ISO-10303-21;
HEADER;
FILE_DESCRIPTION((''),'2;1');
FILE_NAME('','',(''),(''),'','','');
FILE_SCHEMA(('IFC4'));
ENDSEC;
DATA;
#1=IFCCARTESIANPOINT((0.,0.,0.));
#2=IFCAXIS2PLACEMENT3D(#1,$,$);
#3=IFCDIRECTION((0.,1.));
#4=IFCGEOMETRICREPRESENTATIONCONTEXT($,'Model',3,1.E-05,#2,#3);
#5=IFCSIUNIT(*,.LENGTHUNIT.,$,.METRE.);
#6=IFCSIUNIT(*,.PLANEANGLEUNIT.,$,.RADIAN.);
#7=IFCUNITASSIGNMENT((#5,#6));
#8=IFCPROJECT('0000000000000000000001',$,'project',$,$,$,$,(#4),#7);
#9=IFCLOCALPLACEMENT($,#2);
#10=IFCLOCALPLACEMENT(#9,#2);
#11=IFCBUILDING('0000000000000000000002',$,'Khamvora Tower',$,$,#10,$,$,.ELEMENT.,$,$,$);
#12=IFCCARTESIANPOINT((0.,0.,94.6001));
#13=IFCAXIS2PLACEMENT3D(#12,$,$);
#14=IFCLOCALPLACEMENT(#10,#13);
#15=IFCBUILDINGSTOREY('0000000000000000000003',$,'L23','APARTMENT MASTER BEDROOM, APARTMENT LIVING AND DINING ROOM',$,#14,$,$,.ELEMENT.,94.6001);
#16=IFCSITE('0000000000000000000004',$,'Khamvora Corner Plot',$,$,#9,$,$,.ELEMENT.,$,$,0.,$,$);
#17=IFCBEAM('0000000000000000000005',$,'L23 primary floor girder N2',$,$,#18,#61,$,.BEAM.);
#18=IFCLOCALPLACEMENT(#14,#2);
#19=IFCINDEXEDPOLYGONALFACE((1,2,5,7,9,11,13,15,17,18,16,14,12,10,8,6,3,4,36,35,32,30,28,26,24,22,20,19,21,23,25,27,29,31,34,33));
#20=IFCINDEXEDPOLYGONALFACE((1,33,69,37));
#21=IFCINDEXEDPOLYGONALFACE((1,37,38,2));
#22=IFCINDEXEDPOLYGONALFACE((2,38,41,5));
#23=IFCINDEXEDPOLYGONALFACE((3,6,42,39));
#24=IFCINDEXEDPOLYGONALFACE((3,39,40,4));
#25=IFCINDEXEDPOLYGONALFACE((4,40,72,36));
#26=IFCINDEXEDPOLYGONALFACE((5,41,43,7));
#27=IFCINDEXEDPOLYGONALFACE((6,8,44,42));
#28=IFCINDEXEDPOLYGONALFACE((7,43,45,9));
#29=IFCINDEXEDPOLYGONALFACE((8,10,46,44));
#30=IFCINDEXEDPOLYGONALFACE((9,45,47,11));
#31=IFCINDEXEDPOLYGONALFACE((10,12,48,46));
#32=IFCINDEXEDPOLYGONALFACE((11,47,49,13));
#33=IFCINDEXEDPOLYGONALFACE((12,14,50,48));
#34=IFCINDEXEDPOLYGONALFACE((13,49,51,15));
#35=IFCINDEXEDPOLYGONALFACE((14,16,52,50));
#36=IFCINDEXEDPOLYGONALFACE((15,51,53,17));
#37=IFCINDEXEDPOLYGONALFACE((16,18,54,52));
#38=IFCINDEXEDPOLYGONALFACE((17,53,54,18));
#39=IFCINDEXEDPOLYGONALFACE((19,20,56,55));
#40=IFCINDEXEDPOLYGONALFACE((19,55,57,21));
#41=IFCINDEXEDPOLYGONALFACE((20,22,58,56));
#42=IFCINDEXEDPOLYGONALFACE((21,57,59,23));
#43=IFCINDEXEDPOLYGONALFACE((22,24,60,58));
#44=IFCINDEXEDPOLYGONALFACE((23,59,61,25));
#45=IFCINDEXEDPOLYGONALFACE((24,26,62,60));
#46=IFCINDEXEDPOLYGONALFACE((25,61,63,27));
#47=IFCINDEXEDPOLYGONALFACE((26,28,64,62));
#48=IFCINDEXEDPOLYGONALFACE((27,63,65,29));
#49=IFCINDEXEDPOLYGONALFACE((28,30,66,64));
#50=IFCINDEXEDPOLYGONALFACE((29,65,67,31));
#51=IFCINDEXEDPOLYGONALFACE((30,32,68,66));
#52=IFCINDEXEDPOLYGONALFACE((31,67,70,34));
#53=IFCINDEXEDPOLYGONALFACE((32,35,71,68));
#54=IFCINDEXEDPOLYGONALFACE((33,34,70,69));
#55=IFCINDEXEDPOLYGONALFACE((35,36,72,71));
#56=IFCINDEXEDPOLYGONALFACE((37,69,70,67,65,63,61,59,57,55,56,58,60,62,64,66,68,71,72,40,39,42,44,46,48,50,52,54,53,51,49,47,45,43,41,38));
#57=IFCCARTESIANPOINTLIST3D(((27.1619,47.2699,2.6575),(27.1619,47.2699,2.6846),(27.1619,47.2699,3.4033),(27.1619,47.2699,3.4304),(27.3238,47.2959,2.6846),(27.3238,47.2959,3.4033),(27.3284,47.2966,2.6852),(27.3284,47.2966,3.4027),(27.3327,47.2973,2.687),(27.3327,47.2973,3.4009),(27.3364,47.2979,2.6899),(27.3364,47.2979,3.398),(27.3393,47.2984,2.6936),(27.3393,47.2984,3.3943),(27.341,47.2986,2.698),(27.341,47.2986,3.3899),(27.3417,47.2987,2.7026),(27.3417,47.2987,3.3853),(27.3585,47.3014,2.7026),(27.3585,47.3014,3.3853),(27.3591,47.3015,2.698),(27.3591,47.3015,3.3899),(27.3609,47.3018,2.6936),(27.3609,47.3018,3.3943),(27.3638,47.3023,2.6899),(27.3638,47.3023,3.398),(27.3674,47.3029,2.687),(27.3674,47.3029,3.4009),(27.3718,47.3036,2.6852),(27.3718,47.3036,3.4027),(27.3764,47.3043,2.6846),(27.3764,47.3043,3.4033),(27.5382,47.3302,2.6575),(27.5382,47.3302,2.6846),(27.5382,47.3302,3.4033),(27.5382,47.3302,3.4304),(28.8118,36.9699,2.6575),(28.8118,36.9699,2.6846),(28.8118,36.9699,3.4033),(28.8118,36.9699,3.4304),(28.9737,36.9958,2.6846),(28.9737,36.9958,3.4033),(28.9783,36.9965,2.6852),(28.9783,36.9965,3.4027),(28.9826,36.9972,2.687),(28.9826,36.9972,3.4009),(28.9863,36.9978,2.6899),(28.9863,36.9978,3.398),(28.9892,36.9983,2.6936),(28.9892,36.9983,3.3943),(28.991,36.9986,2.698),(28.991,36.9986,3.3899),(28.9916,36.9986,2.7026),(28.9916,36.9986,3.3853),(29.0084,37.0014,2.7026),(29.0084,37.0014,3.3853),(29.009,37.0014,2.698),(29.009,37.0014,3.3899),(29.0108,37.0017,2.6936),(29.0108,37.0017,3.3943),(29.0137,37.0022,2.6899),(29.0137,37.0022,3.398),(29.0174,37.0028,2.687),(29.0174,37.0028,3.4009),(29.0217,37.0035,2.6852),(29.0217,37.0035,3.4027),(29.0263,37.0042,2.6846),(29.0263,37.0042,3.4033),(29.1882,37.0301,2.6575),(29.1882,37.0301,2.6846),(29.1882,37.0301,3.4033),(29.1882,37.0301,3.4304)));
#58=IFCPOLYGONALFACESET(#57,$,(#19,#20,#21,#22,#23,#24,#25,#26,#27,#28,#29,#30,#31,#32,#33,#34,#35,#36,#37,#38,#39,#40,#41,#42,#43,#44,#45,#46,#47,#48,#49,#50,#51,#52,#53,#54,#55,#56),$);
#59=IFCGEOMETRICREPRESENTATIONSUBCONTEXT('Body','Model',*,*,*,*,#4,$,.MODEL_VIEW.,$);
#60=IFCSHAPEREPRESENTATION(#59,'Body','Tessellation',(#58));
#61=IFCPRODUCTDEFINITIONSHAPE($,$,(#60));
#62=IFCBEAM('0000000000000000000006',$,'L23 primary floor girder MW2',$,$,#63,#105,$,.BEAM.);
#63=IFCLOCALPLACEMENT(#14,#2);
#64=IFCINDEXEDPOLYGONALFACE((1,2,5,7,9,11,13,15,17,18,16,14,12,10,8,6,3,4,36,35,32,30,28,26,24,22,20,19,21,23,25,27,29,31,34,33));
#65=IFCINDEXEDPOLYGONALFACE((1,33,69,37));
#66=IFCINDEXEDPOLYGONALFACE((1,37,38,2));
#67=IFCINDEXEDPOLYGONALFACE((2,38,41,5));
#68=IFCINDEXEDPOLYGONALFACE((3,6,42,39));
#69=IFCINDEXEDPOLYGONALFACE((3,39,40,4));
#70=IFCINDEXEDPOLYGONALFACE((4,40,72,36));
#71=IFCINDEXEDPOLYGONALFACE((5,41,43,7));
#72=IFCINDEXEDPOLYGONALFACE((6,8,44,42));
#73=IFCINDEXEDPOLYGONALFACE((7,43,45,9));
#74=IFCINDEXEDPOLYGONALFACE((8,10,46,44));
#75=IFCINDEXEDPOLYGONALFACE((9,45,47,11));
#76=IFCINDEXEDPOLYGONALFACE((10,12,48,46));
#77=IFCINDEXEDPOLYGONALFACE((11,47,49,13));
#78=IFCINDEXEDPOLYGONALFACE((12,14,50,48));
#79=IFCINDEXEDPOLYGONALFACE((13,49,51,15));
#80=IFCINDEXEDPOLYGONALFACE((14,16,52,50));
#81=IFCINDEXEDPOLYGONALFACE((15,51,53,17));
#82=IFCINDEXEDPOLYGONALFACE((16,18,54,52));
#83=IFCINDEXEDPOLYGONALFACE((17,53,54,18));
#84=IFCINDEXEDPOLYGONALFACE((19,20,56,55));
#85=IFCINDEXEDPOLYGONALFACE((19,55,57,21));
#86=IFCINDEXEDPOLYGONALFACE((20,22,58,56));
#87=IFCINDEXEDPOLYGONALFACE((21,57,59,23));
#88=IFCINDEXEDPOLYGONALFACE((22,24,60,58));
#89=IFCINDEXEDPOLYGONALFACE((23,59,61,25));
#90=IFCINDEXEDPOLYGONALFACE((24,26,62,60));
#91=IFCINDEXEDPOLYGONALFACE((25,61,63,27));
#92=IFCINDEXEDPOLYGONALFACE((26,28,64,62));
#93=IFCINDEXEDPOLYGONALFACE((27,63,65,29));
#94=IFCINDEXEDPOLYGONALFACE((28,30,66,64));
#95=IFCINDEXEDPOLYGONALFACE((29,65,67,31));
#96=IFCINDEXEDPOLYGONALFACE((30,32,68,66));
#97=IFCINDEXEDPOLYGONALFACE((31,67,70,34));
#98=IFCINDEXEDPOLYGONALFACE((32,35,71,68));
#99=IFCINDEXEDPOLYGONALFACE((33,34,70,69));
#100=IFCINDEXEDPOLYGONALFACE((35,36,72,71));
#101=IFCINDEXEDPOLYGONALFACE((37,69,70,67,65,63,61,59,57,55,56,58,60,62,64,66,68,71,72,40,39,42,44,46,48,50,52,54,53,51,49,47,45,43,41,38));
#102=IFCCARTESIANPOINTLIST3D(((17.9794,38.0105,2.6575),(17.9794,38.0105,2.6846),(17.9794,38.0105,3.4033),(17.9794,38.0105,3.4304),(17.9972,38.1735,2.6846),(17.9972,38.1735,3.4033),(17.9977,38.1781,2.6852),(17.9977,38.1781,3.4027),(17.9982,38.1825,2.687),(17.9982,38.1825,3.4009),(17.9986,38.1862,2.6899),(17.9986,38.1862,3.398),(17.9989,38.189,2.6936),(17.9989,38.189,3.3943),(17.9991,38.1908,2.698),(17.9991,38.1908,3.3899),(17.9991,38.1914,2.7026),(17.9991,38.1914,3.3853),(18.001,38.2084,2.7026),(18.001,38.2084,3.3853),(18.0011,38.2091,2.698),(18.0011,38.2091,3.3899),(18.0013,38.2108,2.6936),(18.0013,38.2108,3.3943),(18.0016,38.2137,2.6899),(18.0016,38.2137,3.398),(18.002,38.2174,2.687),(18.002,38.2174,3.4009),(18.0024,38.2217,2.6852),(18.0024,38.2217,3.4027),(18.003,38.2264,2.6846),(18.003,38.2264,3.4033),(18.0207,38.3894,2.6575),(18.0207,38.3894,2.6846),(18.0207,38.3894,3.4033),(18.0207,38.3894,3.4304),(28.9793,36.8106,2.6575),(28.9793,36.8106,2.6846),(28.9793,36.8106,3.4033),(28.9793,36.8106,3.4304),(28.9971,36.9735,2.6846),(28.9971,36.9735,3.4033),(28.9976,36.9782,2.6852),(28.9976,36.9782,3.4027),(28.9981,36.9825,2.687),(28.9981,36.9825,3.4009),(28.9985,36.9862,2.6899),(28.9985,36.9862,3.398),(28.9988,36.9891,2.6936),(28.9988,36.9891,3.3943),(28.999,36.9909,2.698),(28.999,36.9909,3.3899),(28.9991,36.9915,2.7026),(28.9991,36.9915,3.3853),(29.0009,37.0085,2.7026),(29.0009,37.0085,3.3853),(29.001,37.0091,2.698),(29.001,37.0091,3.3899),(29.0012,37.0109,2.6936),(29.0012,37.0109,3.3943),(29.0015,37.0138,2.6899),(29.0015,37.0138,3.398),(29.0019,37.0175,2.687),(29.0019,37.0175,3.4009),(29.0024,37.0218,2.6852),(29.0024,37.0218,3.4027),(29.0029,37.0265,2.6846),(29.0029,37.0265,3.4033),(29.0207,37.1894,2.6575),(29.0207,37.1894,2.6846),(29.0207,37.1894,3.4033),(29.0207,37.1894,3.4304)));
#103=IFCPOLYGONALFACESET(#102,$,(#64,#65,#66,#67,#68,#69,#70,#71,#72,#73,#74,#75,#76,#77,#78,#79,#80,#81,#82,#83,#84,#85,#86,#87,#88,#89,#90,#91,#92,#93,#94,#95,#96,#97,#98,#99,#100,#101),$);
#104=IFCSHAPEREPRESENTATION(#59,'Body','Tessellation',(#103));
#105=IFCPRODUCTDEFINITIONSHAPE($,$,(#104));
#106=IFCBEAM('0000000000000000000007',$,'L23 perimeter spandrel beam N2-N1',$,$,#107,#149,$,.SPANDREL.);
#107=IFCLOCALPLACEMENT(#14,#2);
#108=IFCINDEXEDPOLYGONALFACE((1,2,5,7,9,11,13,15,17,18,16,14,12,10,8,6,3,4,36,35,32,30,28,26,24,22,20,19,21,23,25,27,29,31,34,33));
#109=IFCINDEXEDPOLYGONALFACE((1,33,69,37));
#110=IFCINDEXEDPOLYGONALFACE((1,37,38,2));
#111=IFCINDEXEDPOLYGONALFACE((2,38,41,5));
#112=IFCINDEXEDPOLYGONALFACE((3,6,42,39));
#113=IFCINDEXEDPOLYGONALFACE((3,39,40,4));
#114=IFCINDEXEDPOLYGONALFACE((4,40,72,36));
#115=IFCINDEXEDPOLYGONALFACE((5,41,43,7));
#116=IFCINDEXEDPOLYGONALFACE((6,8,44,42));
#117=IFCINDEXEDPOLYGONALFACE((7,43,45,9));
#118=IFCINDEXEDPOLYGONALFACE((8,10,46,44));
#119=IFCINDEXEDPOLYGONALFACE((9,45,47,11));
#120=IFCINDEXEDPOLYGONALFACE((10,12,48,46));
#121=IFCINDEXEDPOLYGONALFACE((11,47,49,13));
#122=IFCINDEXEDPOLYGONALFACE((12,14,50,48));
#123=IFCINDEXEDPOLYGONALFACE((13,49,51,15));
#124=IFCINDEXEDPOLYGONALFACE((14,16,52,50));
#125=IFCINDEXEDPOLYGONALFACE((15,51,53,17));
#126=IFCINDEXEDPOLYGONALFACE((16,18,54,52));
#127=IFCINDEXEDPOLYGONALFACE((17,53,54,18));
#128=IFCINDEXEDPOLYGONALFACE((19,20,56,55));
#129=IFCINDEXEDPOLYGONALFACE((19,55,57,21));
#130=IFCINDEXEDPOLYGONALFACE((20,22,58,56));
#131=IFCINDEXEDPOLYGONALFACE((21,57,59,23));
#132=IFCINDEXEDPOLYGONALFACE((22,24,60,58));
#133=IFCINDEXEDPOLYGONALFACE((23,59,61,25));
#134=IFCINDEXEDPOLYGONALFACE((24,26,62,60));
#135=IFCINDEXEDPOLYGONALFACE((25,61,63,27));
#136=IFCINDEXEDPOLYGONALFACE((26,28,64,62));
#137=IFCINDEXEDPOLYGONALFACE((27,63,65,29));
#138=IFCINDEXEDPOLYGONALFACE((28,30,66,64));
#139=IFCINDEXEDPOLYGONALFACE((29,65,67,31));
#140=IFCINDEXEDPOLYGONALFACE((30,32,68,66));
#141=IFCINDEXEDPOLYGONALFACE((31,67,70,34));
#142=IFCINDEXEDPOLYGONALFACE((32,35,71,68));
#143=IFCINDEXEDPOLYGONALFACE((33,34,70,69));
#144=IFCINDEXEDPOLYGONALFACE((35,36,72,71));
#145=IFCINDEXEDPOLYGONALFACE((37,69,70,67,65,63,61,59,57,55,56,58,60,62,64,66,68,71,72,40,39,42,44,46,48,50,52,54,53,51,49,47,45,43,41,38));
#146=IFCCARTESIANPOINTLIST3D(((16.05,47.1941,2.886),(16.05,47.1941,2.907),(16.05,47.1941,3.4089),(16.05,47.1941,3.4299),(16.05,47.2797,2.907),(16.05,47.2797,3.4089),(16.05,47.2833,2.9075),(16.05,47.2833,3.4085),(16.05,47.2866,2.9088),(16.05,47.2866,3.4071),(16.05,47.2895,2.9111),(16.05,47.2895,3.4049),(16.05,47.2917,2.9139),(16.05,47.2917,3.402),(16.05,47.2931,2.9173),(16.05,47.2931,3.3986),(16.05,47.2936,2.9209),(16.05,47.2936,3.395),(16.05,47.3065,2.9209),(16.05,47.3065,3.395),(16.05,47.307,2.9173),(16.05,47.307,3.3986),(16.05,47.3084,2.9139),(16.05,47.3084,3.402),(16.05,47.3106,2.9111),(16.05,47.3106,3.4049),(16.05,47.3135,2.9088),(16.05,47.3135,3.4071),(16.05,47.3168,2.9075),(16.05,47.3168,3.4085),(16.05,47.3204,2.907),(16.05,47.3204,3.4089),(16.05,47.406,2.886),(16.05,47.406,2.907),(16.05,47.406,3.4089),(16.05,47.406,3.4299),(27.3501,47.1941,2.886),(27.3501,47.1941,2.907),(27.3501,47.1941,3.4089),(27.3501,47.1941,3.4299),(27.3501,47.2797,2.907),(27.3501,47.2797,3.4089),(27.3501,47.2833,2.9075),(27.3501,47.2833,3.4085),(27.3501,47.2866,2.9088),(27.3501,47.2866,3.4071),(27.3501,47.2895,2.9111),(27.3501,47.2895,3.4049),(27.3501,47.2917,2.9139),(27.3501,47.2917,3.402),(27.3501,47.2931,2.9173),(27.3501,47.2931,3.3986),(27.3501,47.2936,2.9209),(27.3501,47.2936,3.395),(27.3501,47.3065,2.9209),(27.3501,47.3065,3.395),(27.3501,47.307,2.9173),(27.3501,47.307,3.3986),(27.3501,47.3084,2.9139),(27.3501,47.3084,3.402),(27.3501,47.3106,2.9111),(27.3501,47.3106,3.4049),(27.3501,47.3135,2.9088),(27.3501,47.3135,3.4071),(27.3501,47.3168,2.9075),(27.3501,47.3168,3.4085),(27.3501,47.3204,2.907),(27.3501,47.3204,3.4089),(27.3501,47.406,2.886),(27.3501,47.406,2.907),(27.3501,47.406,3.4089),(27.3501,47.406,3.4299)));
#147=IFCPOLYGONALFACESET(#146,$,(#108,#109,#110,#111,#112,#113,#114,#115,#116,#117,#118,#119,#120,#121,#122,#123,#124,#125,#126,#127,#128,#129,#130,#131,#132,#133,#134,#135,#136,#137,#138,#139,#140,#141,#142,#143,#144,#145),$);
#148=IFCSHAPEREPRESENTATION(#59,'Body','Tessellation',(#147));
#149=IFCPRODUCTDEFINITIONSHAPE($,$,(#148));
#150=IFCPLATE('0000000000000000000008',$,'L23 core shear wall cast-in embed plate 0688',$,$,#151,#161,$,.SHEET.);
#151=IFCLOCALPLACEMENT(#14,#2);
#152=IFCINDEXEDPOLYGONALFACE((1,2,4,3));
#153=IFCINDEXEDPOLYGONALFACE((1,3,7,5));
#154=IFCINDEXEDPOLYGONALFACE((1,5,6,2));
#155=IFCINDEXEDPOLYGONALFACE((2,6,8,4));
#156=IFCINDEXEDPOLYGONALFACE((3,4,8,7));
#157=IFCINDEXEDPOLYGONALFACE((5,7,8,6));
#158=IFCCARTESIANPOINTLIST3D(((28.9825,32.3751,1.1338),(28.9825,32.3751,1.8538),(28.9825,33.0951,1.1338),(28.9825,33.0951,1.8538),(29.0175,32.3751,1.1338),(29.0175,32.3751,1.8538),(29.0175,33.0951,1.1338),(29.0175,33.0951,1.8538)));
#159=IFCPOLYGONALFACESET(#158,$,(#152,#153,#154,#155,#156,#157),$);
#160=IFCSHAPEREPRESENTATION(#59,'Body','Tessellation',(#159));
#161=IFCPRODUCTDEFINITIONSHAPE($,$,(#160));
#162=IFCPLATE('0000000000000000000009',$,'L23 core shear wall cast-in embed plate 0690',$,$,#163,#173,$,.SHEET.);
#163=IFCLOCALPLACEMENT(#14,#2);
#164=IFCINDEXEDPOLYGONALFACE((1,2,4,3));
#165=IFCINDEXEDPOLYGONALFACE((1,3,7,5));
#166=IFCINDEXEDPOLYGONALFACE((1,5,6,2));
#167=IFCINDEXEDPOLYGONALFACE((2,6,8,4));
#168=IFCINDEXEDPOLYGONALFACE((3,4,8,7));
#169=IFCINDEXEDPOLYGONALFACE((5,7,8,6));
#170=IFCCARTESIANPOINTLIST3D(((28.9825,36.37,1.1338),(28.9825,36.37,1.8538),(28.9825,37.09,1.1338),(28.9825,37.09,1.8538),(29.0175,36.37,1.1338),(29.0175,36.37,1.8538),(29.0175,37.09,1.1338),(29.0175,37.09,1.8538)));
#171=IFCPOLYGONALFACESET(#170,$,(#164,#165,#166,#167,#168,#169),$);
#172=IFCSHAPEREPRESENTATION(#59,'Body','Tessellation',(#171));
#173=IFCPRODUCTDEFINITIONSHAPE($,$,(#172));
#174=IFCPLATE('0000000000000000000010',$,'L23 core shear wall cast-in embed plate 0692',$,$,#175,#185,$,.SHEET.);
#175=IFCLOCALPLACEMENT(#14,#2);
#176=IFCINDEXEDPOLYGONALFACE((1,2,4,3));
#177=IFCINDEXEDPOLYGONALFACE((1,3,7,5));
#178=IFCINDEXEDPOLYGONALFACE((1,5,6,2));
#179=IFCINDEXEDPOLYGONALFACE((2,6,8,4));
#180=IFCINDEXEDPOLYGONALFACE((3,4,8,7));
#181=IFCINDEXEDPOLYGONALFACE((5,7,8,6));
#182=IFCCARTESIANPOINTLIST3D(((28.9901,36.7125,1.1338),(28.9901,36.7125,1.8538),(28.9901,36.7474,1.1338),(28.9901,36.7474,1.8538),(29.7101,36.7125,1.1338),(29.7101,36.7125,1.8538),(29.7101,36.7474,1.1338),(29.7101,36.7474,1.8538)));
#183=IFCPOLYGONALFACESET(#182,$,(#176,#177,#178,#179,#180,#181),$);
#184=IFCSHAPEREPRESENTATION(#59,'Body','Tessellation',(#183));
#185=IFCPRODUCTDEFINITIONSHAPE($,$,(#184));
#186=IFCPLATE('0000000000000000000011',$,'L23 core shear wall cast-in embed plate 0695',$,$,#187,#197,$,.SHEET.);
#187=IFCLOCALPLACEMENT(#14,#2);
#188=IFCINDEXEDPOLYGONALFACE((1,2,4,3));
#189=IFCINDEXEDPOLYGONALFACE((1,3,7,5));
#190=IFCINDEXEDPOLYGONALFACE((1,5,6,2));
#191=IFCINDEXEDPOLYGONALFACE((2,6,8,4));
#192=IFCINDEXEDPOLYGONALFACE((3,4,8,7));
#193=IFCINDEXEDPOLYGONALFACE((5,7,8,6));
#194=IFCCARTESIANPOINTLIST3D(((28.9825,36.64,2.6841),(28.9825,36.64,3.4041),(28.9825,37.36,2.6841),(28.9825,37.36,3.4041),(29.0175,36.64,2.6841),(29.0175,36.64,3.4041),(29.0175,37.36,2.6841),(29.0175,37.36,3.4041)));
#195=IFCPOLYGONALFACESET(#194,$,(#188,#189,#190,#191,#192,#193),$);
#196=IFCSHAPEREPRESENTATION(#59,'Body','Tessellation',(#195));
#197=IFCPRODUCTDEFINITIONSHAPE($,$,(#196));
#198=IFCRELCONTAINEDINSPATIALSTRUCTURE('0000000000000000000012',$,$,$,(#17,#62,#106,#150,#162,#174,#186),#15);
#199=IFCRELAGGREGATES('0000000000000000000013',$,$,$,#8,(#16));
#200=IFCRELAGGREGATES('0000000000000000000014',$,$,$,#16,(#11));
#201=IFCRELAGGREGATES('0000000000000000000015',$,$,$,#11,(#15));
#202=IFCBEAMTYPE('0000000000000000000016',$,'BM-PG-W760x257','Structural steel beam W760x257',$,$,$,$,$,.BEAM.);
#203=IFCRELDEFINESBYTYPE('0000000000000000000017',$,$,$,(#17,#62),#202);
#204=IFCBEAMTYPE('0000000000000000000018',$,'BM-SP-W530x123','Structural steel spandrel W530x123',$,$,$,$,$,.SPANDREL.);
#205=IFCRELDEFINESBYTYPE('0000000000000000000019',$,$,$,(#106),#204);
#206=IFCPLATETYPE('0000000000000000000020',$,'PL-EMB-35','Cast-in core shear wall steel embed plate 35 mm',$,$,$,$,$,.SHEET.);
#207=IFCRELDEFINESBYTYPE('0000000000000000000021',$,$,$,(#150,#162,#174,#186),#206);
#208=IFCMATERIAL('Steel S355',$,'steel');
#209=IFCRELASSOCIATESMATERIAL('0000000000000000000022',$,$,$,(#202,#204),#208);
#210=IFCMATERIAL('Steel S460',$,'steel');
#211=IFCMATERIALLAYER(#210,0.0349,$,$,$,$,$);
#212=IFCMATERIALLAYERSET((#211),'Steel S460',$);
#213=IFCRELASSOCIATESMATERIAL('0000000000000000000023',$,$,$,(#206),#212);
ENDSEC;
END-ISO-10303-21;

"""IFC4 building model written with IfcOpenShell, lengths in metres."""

from ifc_helpers import new_model, si_unit, direction, frame, origin, origin_2d, place, context, subcontext, project, spatial, rectangle, i_section, extrude, material, layer, layer_set, material_profile, profile_set, type_object, element, save


model = new_model("IFC4")

# Units and contexts
model_context = context("Model", 3, precision=1e-05, world=origin(), true_north=direction((0.0, 1.0)))
body_context = subcontext(model_context, "Body", "Model", "MODEL_VIEW")
ifc_project = project(units=[si_unit("LENGTHUNIT", "METRE"), si_unit("PLANEANGLEUNIT", "RADIAN")], contexts=[model_context])

# Site, building, storey
site_placement = place(None, origin())
site = spatial("IfcSite", under=ifc_project, at=site_placement, Name="Khamvora Corner Plot", CompositionType="ELEMENT", RefElevation=0.0)
building_placement = place(site_placement, origin())
building = spatial("IfcBuilding", under=site, at=building_placement, Name="Khamvora Tower", CompositionType="ELEMENT")
storey_placement = place(building_placement, frame((0.0, 0.0, 94.6001)))
storey = spatial("IfcBuildingStorey", under=building, at=storey_placement, Name="L23", Description="APARTMENT MASTER BEDROOM, APARTMENT LIVING AND DINING ROOM", CompositionType="ELEMENT", Elevation=94.6001)

# Shared definitions
ifc_material_1 = material(Name="Steel S355", Category="steel")
ifc_material_2 = material(Name="Steel S460", Category="steel")

# Beams
ifc_material_profile_1 = material_profile(ifc_material_1, i_section(OverallWidth=0.3811, OverallDepth=0.7729, WebThickness=0.0171, FlangeThickness=0.0271, FilletRadius=0.0181, at=origin_2d()), Name="W760x257")
ifc_profile_set_1 = profile_set([ifc_material_profile_1], Name="Steel S355")
beam_type_1 = type_object("IfcBeamType", Name="BM-PG-W760x257", Description="Structural steel beam W760x257", PredefinedType="BEAM", material=ifc_profile_set_1)
beam_1_placement = place(storey_placement, frame((29.0, 37.0, 3.0439), z_axis=(-0.158168, 0.987412, 0.0), x_axis=(-0.987412, -0.158168, 0.0)))
element("IfcBeam", 1, at=beam_1_placement, inside=storey, type_object=beam_type_1, Name="L23 primary floor girder N2", PredefinedType="BEAM", context=body_context, shape_type="SweptSolid", body=[
    extrude(i_section(OverallWidth=0.3811, OverallDepth=0.7729, WebThickness=0.0171, FlangeThickness=0.0271, FilletRadius=0.0181, at=origin_2d()), origin(), (0.0, 0.0, 1.0), 10.4314),
])
beam_2_placement = place(storey_placement, frame((29.0, 37.0, 3.0439), z_axis=(-0.994103, 0.108443, 0.0), x_axis=(-0.108443, -0.994103, 0.0)))
element("IfcBeam", 2, at=beam_2_placement, inside=storey, type_object=beam_type_1, Name="L23 primary floor girder MW2", PredefinedType="BEAM", context=body_context, shape_type="SweptSolid", body=[
    extrude(i_section(OverallWidth=0.3811, OverallDepth=0.7729, WebThickness=0.0171, FlangeThickness=0.0271, FilletRadius=0.0181, at=origin_2d()), origin(), (0.0, 0.0, 1.0), 11.0652),
])
ifc_material_profile_2 = material_profile(ifc_material_1, i_section(OverallWidth=0.2119, OverallDepth=0.5439, WebThickness=0.0129, FlangeThickness=0.021, FilletRadius=0.0139, at=origin_2d()), Name="W530x123")
ifc_profile_set_2 = profile_set([ifc_material_profile_2], Name="Steel S355")
beam_type_2 = type_object("IfcBeamType", Name="BM-SP-W530x123", Description="Structural steel spandrel W530x123", PredefinedType="SPANDREL", material=ifc_profile_set_2)
beam_3_placement = place(storey_placement, frame((27.3501, 47.3, 3.158), z_axis=(-1.0, 0.0, 0.0), x_axis=(0.0, -1.0, 0.0)))
element("IfcBeam", 3, at=beam_3_placement, inside=storey, type_object=beam_type_2, Name="L23 perimeter spandrel beam N2-N1", PredefinedType="SPANDREL", context=body_context, shape_type="SweptSolid", body=[
    extrude(i_section(OverallWidth=0.2119, OverallDepth=0.5439, WebThickness=0.0129, FlangeThickness=0.021, FilletRadius=0.0139, at=origin_2d()), origin(), (0.0, 0.0, 1.0), 11.3),
])

# Plates
ifc_layer_1 = layer(ifc_material_2, 0.0349)
ifc_layer_set_1 = layer_set([ifc_layer_1], Name="Steel S460")
plate_type = type_object("IfcPlateType", Name="PL-EMB-35", Description="Cast-in core shear wall steel embed plate 35 mm", PredefinedType="SHEET", material=ifc_layer_set_1)
for number, where, z_axis, x_axis, name in (
    (4, (29.0, 32.7351, 1.1338), (0.0, 0.0, 1.0), (1.0, 0.0, 0.0), "L23 core shear wall cast-in embed plate 0688"),
    (5, (29.0, 36.73, 1.1338), (0.0, 0.0, 1.0), (1.0, 0.0, 0.0), "L23 core shear wall cast-in embed plate 0690"),
):
    element("IfcPlate", number, at=place(storey_placement, frame(where, z_axis=z_axis, x_axis=x_axis)), inside=storey, type_object=plate_type, Name=name, PredefinedType="SHEET", context=body_context, shape_type="SweptSolid", body=[
        extrude(rectangle(XDim=0.0349, YDim=0.72, at=origin_2d()), origin(), (0.0, 0.0, 1.0), 0.72),
    ])
plate_placement = place(storey_placement, frame((29.3501, 36.73, 1.1338), z_axis=(0.0, 0.0, 1.0), x_axis=(1.0, 0.0, 0.0)))
element("IfcPlate", 6, at=plate_placement, inside=storey, type_object=plate_type, Name="L23 core shear wall cast-in embed plate 0692", PredefinedType="SHEET", context=body_context, shape_type="SweptSolid", body=[
    extrude(rectangle(XDim=0.72, YDim=0.0349, at=origin_2d()), origin(), (0.0, 0.0, 1.0), 0.72),
])
for number, where, z_axis, x_axis, name in (
    (7, (29.0, 37.0, 2.6841), (0.0, 0.0, 1.0), (1.0, 0.0, 0.0), "L23 core shear wall cast-in embed plate 0695"),
):
    element("IfcPlate", number, at=place(storey_placement, frame(where, z_axis=z_axis, x_axis=x_axis)), inside=storey, type_object=plate_type, Name=name, PredefinedType="SHEET", context=body_context, shape_type="SweptSolid", body=[
        extrude(rectangle(XDim=0.0349, YDim=0.72, at=origin_2d()), origin(), (0.0, 0.0, 1.0), 0.72),
    ])

save(model, "model.ifc")
